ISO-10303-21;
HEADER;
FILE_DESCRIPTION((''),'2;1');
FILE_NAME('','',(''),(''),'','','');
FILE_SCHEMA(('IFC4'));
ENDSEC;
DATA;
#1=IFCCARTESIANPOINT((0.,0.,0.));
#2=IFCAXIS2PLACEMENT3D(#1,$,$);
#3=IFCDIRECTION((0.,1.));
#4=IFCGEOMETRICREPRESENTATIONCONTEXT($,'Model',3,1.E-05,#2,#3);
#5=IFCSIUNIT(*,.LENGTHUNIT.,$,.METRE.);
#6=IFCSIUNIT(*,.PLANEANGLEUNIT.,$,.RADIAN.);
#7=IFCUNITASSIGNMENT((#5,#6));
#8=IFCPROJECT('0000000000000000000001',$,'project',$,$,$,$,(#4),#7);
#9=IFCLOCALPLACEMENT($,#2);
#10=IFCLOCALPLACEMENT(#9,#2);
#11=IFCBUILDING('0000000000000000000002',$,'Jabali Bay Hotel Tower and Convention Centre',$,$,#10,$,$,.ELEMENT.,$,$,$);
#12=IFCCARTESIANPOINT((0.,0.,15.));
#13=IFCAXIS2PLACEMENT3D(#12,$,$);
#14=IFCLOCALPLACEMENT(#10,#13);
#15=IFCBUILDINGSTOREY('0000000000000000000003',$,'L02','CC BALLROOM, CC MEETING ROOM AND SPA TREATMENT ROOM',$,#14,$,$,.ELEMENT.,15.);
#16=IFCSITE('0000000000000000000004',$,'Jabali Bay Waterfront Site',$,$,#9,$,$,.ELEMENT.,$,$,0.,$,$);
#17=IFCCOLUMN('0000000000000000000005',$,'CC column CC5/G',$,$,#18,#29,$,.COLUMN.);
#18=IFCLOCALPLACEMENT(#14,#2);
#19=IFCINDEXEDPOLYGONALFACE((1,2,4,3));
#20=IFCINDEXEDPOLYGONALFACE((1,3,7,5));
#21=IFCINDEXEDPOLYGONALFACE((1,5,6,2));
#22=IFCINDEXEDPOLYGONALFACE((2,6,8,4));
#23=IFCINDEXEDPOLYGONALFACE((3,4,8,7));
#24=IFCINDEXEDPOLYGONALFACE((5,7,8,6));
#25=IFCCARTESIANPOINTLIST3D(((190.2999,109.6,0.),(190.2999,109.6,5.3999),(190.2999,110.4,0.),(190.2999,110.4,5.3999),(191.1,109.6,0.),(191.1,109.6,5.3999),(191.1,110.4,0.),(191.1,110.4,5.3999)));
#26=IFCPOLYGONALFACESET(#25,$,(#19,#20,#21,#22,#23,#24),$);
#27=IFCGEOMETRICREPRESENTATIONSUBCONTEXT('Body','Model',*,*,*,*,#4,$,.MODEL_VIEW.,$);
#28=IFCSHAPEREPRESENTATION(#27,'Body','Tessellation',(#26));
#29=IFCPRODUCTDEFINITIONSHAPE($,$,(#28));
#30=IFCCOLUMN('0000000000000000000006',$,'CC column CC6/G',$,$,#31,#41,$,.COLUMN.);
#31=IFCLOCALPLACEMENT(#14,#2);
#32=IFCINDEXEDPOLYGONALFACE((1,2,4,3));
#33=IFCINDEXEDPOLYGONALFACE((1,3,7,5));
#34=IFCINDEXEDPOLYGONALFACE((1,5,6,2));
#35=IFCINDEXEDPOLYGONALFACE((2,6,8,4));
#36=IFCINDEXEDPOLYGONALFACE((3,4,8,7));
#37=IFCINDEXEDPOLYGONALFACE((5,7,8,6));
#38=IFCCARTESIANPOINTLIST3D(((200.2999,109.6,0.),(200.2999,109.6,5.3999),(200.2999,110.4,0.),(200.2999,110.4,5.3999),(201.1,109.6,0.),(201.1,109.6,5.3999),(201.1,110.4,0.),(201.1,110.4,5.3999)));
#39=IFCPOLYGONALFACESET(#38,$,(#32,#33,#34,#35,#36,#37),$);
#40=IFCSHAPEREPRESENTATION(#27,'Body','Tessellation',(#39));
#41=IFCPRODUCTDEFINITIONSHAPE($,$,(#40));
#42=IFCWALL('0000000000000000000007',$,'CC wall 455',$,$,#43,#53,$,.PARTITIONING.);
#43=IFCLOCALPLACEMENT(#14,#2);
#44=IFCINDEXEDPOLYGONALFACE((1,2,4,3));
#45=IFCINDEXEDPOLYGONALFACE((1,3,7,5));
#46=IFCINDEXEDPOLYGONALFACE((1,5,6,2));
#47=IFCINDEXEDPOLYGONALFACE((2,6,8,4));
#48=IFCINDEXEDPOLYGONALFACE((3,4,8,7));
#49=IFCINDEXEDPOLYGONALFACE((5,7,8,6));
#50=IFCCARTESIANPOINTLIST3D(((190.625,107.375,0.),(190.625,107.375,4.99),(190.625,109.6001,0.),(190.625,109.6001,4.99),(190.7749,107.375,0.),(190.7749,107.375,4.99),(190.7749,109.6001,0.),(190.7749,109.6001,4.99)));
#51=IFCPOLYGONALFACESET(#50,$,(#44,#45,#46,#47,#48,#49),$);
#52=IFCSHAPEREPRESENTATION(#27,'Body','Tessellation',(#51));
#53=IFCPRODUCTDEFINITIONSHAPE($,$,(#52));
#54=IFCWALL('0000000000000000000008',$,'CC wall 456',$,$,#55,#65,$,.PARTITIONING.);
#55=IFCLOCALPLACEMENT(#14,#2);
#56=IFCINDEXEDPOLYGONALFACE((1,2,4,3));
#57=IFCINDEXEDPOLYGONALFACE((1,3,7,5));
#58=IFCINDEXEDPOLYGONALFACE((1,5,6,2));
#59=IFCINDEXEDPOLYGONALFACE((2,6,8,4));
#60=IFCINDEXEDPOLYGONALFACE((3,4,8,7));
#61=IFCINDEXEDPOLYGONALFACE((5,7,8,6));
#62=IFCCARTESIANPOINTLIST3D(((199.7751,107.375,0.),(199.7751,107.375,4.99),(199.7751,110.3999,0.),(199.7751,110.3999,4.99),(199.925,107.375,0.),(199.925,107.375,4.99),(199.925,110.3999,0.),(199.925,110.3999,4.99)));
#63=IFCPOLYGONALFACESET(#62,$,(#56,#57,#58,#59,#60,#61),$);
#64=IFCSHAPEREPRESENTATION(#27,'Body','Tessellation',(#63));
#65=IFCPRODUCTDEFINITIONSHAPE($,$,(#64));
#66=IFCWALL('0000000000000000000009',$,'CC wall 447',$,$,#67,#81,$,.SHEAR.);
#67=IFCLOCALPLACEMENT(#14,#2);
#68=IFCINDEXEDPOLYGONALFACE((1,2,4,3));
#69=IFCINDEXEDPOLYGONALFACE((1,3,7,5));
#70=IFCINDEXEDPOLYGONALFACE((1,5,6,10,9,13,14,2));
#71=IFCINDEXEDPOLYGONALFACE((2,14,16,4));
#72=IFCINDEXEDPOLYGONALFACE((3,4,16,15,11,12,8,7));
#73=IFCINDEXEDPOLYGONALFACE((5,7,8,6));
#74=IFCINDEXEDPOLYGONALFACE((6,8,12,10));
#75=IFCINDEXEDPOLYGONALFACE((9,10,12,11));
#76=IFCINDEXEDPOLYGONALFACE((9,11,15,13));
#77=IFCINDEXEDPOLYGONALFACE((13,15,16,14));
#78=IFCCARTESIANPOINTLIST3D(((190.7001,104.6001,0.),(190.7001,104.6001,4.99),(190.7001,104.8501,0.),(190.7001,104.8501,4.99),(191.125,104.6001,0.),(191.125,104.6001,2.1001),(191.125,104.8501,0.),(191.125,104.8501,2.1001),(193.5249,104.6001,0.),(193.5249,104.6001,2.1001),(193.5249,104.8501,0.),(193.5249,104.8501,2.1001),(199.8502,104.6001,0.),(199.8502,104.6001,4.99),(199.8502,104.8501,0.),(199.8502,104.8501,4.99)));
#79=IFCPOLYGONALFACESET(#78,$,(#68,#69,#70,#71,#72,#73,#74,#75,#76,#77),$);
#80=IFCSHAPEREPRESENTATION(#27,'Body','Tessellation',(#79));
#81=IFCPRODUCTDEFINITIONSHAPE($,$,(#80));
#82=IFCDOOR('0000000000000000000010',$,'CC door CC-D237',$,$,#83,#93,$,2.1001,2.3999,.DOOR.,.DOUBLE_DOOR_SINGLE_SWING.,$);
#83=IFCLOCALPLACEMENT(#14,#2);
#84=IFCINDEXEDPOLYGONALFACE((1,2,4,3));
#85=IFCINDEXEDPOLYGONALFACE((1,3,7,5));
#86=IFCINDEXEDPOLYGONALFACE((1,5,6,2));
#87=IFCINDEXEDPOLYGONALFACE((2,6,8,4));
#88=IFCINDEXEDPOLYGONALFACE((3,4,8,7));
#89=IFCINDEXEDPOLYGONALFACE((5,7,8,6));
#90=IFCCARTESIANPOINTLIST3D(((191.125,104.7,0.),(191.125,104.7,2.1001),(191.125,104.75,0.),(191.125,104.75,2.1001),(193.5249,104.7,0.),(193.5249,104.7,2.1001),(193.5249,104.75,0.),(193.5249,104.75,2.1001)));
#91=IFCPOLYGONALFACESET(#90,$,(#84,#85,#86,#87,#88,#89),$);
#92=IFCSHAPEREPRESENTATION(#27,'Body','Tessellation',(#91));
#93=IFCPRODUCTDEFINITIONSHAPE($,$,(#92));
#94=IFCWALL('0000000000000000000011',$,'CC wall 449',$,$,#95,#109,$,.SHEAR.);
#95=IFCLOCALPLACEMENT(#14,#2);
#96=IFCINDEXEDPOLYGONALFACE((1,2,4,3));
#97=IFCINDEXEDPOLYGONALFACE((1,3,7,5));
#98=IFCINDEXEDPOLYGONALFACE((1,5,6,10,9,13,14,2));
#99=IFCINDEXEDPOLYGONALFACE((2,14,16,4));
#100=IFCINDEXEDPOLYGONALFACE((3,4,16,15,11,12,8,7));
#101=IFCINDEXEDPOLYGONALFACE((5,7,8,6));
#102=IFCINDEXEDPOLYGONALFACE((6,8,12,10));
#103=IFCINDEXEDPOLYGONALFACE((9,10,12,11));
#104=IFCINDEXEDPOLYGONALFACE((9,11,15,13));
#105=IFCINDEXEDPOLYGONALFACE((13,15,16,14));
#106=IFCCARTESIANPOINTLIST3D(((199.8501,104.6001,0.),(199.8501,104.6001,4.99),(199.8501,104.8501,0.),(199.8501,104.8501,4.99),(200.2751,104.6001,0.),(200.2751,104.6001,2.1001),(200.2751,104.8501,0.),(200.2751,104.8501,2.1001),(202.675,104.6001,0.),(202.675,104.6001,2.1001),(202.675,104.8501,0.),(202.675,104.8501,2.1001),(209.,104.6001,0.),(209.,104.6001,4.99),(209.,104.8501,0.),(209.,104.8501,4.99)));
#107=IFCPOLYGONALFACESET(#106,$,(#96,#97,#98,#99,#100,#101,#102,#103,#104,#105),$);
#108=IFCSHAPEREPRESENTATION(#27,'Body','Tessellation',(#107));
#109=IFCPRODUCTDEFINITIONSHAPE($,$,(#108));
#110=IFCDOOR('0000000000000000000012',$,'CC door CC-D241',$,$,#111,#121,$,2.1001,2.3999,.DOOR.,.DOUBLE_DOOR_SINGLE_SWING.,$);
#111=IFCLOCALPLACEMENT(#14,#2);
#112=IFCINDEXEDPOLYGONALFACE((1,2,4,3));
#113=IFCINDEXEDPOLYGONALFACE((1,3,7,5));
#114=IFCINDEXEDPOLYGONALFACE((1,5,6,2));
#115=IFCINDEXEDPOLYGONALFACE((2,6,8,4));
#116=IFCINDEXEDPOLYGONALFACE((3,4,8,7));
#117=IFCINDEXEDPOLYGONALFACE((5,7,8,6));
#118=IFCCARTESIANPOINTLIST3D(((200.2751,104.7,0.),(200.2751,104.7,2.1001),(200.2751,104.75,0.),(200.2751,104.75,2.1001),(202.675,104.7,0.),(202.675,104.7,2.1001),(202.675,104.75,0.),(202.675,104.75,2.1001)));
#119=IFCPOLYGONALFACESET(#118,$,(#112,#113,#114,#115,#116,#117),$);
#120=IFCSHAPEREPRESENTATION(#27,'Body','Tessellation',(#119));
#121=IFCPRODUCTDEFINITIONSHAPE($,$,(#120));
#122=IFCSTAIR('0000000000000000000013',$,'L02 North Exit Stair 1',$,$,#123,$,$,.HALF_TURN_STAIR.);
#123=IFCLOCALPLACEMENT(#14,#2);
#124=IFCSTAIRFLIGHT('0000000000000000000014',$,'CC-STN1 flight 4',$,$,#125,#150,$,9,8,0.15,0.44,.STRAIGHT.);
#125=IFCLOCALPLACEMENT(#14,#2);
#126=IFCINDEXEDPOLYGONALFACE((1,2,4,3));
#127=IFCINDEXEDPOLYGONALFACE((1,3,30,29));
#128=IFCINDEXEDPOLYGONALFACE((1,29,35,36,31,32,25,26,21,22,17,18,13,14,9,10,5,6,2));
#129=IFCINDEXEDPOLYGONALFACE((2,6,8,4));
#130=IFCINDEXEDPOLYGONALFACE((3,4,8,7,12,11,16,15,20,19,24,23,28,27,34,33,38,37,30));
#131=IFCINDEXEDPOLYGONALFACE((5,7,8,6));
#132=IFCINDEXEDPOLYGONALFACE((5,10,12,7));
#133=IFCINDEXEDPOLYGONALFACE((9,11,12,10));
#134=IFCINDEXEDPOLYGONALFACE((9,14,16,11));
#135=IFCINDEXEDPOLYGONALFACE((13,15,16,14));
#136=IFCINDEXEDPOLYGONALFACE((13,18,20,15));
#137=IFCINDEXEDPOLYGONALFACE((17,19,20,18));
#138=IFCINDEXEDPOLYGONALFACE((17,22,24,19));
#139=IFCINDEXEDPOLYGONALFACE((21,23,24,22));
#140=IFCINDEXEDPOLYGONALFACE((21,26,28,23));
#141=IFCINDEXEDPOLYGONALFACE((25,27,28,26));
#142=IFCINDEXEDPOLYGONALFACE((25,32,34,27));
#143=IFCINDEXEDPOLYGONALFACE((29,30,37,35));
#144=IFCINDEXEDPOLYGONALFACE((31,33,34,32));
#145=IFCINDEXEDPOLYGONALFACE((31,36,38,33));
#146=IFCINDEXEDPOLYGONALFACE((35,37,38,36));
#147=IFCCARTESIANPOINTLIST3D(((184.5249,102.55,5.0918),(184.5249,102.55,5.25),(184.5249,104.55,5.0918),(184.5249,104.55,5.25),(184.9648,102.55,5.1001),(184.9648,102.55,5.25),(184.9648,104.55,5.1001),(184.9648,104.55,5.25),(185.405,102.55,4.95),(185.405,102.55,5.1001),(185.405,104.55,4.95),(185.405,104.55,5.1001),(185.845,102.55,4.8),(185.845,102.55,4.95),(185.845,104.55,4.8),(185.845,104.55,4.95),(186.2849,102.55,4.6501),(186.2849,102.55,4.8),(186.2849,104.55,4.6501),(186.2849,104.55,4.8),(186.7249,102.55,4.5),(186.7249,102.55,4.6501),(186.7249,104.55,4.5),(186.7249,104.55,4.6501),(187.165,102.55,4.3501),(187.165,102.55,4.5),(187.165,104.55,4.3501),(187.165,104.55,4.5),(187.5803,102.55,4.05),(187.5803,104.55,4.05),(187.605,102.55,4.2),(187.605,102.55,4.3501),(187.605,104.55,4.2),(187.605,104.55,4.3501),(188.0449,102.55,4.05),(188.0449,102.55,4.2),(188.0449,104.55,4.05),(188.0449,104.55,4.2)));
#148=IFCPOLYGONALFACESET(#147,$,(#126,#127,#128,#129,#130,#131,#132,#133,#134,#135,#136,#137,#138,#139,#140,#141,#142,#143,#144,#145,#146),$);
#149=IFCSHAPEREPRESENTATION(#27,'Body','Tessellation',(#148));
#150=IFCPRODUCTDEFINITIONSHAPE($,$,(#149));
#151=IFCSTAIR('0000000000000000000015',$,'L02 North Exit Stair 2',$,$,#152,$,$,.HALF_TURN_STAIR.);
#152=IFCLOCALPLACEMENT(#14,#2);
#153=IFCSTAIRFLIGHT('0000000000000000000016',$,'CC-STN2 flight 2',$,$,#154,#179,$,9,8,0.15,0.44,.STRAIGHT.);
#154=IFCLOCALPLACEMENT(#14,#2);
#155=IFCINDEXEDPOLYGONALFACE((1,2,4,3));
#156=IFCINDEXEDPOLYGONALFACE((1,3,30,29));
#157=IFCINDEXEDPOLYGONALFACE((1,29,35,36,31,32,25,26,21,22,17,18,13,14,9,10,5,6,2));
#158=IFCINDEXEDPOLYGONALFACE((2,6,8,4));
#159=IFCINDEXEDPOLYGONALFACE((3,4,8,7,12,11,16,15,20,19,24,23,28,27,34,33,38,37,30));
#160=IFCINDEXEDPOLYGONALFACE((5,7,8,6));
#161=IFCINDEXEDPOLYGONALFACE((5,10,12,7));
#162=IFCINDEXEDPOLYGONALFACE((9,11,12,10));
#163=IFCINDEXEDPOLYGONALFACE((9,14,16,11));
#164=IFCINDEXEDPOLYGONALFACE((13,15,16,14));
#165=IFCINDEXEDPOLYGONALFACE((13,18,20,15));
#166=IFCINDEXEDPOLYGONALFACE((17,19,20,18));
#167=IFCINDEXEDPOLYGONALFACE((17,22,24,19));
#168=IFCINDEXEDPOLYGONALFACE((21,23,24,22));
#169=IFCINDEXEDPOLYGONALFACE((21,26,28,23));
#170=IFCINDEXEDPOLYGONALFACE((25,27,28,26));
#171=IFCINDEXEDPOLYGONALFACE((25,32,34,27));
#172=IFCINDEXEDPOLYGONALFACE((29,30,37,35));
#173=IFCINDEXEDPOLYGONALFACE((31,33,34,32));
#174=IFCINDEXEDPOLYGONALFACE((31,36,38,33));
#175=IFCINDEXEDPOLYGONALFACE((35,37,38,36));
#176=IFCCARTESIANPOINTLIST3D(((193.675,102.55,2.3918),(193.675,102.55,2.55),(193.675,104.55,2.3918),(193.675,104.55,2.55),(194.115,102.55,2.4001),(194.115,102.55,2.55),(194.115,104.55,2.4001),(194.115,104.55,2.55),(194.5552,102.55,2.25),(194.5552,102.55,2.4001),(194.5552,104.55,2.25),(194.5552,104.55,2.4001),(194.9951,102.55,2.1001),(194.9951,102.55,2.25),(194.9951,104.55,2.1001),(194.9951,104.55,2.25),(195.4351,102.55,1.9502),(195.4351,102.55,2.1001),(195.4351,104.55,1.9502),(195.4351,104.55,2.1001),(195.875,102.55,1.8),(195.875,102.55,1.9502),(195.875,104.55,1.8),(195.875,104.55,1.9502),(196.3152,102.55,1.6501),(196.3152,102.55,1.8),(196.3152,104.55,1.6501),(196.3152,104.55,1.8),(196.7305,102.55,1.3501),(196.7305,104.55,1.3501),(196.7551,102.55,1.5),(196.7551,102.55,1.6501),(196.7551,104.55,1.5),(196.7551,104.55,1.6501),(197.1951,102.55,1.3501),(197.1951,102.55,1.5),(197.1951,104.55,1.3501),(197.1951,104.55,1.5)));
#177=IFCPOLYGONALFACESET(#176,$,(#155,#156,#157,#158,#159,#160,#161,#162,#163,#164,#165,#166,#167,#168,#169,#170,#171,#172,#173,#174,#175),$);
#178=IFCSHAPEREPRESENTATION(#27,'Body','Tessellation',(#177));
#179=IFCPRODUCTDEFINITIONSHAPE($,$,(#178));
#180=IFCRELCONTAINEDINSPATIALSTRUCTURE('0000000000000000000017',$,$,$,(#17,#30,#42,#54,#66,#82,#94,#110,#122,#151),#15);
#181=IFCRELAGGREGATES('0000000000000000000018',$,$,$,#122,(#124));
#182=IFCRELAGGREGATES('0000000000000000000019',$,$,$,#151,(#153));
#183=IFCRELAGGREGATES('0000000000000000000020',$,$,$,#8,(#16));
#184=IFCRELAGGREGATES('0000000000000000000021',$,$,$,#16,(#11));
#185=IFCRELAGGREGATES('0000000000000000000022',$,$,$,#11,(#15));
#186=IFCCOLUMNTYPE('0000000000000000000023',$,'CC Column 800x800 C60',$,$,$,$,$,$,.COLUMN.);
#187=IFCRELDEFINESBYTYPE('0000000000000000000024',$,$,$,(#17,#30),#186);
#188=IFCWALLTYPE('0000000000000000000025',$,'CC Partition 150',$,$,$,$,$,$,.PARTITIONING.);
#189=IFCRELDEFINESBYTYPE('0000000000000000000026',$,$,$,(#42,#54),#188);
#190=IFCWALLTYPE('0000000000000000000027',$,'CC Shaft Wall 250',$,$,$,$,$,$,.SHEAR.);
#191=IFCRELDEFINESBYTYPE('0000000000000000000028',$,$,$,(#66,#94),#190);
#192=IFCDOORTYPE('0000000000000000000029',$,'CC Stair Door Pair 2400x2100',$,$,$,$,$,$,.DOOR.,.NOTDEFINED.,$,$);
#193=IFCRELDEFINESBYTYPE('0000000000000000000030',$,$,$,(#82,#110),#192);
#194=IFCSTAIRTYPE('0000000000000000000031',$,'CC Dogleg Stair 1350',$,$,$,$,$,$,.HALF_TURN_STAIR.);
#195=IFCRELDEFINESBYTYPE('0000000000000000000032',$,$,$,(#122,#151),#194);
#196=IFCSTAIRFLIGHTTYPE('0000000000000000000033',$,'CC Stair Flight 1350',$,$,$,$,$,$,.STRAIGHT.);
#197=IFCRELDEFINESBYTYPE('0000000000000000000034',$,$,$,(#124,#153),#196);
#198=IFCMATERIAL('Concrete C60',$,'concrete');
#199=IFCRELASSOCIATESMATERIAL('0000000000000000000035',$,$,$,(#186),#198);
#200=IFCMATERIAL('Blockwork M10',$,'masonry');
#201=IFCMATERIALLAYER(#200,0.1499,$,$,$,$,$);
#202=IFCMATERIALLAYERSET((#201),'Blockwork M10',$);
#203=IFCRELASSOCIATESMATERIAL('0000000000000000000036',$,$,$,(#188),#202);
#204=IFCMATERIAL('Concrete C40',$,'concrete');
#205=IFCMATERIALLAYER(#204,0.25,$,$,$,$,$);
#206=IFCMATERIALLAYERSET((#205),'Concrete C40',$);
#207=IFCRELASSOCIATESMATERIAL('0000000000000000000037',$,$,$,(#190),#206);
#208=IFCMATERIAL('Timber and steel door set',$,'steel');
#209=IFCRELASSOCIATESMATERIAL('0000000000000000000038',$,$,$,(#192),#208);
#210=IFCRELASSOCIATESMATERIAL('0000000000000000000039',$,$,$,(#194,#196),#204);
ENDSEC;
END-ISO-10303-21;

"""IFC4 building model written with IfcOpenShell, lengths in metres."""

from ifc_helpers import new_model, si_unit, direction, frame, frame_2d, origin, origin_2d, place, context, subcontext, project, spatial, polyline, rectangle, outline, extrude, material, layer, layer_set, material_profile, profile_set, type_object, element, fill, aggregate, save


model = new_model("IFC4")

# Units and contexts
model_context = context("Model", 3, precision=1e-05, world=origin(), true_north=direction((0.0, 1.0)))
body_context = subcontext(model_context, "Body", "Model", "MODEL_VIEW")
ifc_project = project(units=[si_unit("LENGTHUNIT", "METRE"), si_unit("PLANEANGLEUNIT", "RADIAN")], contexts=[model_context])

# Site, building, storey
site_placement = place(None, origin())
site = spatial("IfcSite", under=ifc_project, at=site_placement, Name="Jabali Bay Waterfront Site", CompositionType="ELEMENT", RefElevation=0.0)
building_placement = place(site_placement, origin())
building = spatial("IfcBuilding", under=site, at=building_placement, Name="Jabali Bay Hotel Tower and Convention Centre", CompositionType="ELEMENT")
storey_placement = place(building_placement, frame((0.0, 0.0, 15.0)))
storey = spatial("IfcBuildingStorey", under=building, at=storey_placement, Name="L02", Description="CC BALLROOM, CC MEETING ROOM AND SPA TREATMENT ROOM", CompositionType="ELEMENT", Elevation=15.0)

# Columns
ifc_material_1 = material(Name="Concrete C60", Category="concrete")
ifc_material_profile = material_profile(ifc_material_1, rectangle(XDim=0.8, YDim=0.8, at=origin_2d()), Name="RC 800x800")
ifc_profile_set = profile_set([ifc_material_profile], Name="Concrete C60")
column_type = type_object("IfcColumnType", Name="CC Column 800x800 C60", PredefinedType="COLUMN", material=ifc_profile_set)
for number, where, z_axis, x_axis, name in (
    (1, (190.7, 110.0, 0.0), (0.0, 0.0, 1.0), (1.0, 0.0, 0.0), "CC column CC5/G"),
    (2, (200.7, 110.0, 0.0), (0.0, 0.0, 1.0), (1.0, 0.0, 0.0), "CC column CC6/G"),
):
    element("IfcColumn", number, at=place(storey_placement, frame(where, z_axis=z_axis, x_axis=x_axis)), inside=storey, type_object=column_type, Name=name, PredefinedType="COLUMN", context=body_context, shape_type="SweptSolid", body=[
        extrude(rectangle(XDim=0.8, YDim=0.8, at=origin_2d()), origin(), (0.0, 0.0, 1.0), 5.3999),
    ])

# Walls
ifc_material_2 = material(Name="Blockwork M10", Category="masonry")
ifc_layer_1 = layer(ifc_material_2, 0.1499)
ifc_layer_set_1 = layer_set([ifc_layer_1], Name="Blockwork M10")
wall_type_1 = type_object("IfcWallType", Name="CC Partition 150", PredefinedType="PARTITIONING", material=ifc_layer_set_1)
wall_1_placement = place(storey_placement, frame((190.7, 107.375, 0.0), z_axis=(0.0, 0.0, 1.0), x_axis=(0.0, 1.0, 0.0)))
element("IfcWall", 3, at=wall_1_placement, inside=storey, type_object=wall_type_1, Name="CC wall 455", PredefinedType="PARTITIONING", context=body_context, shape_type="SweptSolid", body=[
    extrude(rectangle(XDim=2.2251, YDim=0.1499, at=frame_2d((1.1125, 0.0))), origin(), (0.0, 0.0, 1.0), 4.99),
])
wall_2_placement = place(storey_placement, frame((199.8501, 107.375, 0.0), z_axis=(0.0, 0.0, 1.0), x_axis=(0.0, 1.0, 0.0)))
element("IfcWall", 4, at=wall_2_placement, inside=storey, type_object=wall_type_1, Name="CC wall 456", PredefinedType="PARTITIONING", context=body_context, shape_type="SweptSolid", body=[
    extrude(rectangle(XDim=3.0249, YDim=0.1499, at=frame_2d((1.5125, 0.0))), origin(), (0.0, 0.0, 1.0), 4.99),
])

# Walls, openings, doors
ifc_material_3 = material(Name="Concrete C40", Category="concrete")
ifc_layer_2 = layer(ifc_material_3, 0.25)
ifc_layer_set_2 = layer_set([ifc_layer_2], Name="Concrete C40")
wall_type_2 = type_object("IfcWallType", Name="CC Shaft Wall 250", PredefinedType="SHEAR", material=ifc_layer_set_2)
wall_3_placement = place(storey_placement, frame((190.7, 104.7251, 0.0), z_axis=(0.0, 0.0, 1.0), x_axis=(1.0, 0.0, 0.0)))
wall_3 = element("IfcWall", 5, at=wall_3_placement, inside=storey, type_object=wall_type_2, Name="CC wall 447", PredefinedType="SHEAR", context=body_context, shape_type="SweptSolid", body=[
    extrude(rectangle(XDim=9.1501, YDim=0.25, at=frame_2d((4.5752, 0.0))), origin(), (0.0, 0.0, 1.0), 4.99),
])
opening_1_placement = place(wall_3_placement, frame((0.425, 0.0, 0.0)))
opening_1 = element("IfcOpeningElement", 6, at=opening_1_placement, cuts=wall_3, PredefinedType="OPENING", context=body_context, shape_type="SweptSolid", body=[
    extrude(rectangle(XDim=2.3999, YDim=2.1001, at=frame_2d((1.2, 1.05))), frame((0.0, 0.1355, 0.0), z_axis=(0.0, -1.0, 0.0), x_axis=(1.0, 0.0, 0.0)), (0.0, 0.0, 1.0), 0.271),
])
ifc_material_4 = material(Name="Timber and steel door set", Category="steel")
door_type = type_object("IfcDoorType", Name="CC Stair Door Pair 2400x2100", OperationType="NOTDEFINED", PredefinedType="DOOR", material=ifc_material_4)
door_1_placement = place(opening_1_placement, origin())
door_1 = element("IfcDoor", 7, at=door_1_placement, inside=storey, type_object=door_type, Name="CC door CC-D237", OperationType="DOUBLE_DOOR_SINGLE_SWING", OverallHeight=2.1001, OverallWidth=2.3999, PredefinedType="DOOR", context=body_context, shape_type="SweptSolid", body=[
    extrude(rectangle(XDim=2.3999, YDim=2.1001, at=frame_2d((1.2, 1.05))), frame((0.0, 0.0249, 0.0), z_axis=(0.0, -1.0, 0.0), x_axis=(1.0, 0.0, 0.0)), (0.0, 0.0, 1.0), 0.05),
])
fill(opening_1, door_1)
wall_4_placement = place(storey_placement, frame((199.8501, 104.7251, 0.0), z_axis=(0.0, 0.0, 1.0), x_axis=(1.0, 0.0, 0.0)))
wall_4 = element("IfcWall", 8, at=wall_4_placement, inside=storey, type_object=wall_type_2, Name="CC wall 449", PredefinedType="SHEAR", context=body_context, shape_type="SweptSolid", body=[
    extrude(rectangle(XDim=9.1499, YDim=0.25, at=frame_2d((4.575, 0.0))), origin(), (0.0, 0.0, 1.0), 4.99),
])
opening_2_placement = place(wall_4_placement, frame((0.425, 0.0, 0.0)))
opening_2 = element("IfcOpeningElement", 9, at=opening_2_placement, cuts=wall_4, PredefinedType="OPENING", context=body_context, shape_type="SweptSolid", body=[
    extrude(rectangle(XDim=2.3999, YDim=2.1001, at=frame_2d((1.2, 1.05))), frame((0.0, 0.1355, 0.0), z_axis=(0.0, -1.0, 0.0), x_axis=(1.0, 0.0, 0.0)), (0.0, 0.0, 1.0), 0.271),
])
door_2_placement = place(opening_2_placement, origin())
door_2 = element("IfcDoor", 10, at=door_2_placement, inside=storey, type_object=door_type, Name="CC door CC-D241", OperationType="DOUBLE_DOOR_SINGLE_SWING", OverallHeight=2.1001, OverallWidth=2.3999, PredefinedType="DOOR", context=body_context, shape_type="SweptSolid", body=[
    extrude(rectangle(XDim=2.3999, YDim=2.1001, at=frame_2d((1.2, 1.05))), frame((0.0, 0.0249, 0.0), z_axis=(0.0, -1.0, 0.0), x_axis=(1.0, 0.0, 0.0)), (0.0, 0.0, 1.0), 0.05),
])
fill(opening_2, door_2)

# Stair, stair flight
stair_type = type_object("IfcStairType", Name="CC Dogleg Stair 1350", PredefinedType="HALF_TURN_STAIR", material=ifc_material_3)
stair_1_placement = place(storey_placement, origin())
stair_1 = element("IfcStair", 11, at=stair_1_placement, inside=storey, type_object=stair_type, Name="L02 North Exit Stair 1", PredefinedType="HALF_TURN_STAIR")
stair_flight_type = type_object("IfcStairFlightType", Name="CC Stair Flight 1350", PredefinedType="STRAIGHT", material=ifc_material_3)
stair_flight_1_placement = place(storey_placement, frame((188.0449, 103.55, 4.05), z_axis=(0.0, 0.0, 1.0), x_axis=(-1.0, 0.0, 0.0)))
stair_flight_1 = element("IfcStairFlight", 12, at=stair_flight_1_placement, type_object=stair_flight_type, Name="CC-STN1 flight 4", NumberOfRisers=9, NumberOfTreads=8, PredefinedType="STRAIGHT", RiserHeight=0.15, TreadLength=0.44, context=body_context, shape_type="SweptSolid", body=[
    extrude(outline(polyline([(0.0, 0.0), (0.0, 0.1499), (0.4399, 0.1499), (0.4399, 0.3), (0.8799, 0.3), (0.8799, 0.45), (1.3201, 0.45), (1.3201, 0.6001), (1.76, 0.6001), (1.76, 0.75), (2.2, 0.75), (2.2, 0.8999), (2.6399, 0.8999), (2.6399, 1.05), (3.0801, 1.05), (3.0801, 1.2), (3.52, 1.2), (3.52, 1.3501), (3.52, 1.0417), (0.4646, 0.0), (0.0, 0.0)])), frame((0.0, 1.0, 0.0), z_axis=(0.0, -1.0, 0.0), x_axis=(1.0, 0.0, 0.0)), (0.0, 0.0, 1.0), 2.0),
])
aggregate(stair_1, [stair_flight_1])

# Stair, stair flight
stair_2_placement = place(storey_placement, origin())
stair_2 = element("IfcStair", 13, at=stair_2_placement, inside=storey, type_object=stair_type, Name="L02 North Exit Stair 2", PredefinedType="HALF_TURN_STAIR")
stair_flight_2_placement = place(storey_placement, frame((197.1951, 103.55, 1.3501), z_axis=(0.0, 0.0, 1.0), x_axis=(-1.0, 0.0, 0.0)))
stair_flight_2 = element("IfcStairFlight", 14, at=stair_flight_2_placement, type_object=stair_flight_type, Name="CC-STN2 flight 2", NumberOfRisers=9, NumberOfTreads=8, PredefinedType="STRAIGHT", RiserHeight=0.15, TreadLength=0.44, context=body_context, shape_type="SweptSolid", body=[
    extrude(outline(polyline([(0.0, 0.0), (0.0, 0.1499), (0.4399, 0.1499), (0.4399, 0.3), (0.8799, 0.3), (0.8799, 0.45), (1.3201, 0.45), (1.3201, 0.6001), (1.76, 0.6001), (1.76, 0.75), (2.2, 0.75), (2.2, 0.8999), (2.6399, 0.8999), (2.6399, 1.05), (3.0801, 1.05), (3.0801, 1.2), (3.52, 1.2), (3.52, 1.3501), (3.52, 1.0417), (0.4646, 0.0), (0.0, 0.0)])), frame((0.0, 1.0, 0.0), z_axis=(0.0, -1.0, 0.0), x_axis=(1.0, 0.0, 0.0)), (0.0, 0.0, 1.0), 2.0),
])
aggregate(stair_2, [stair_flight_2])

save(model, "model.ifc")
